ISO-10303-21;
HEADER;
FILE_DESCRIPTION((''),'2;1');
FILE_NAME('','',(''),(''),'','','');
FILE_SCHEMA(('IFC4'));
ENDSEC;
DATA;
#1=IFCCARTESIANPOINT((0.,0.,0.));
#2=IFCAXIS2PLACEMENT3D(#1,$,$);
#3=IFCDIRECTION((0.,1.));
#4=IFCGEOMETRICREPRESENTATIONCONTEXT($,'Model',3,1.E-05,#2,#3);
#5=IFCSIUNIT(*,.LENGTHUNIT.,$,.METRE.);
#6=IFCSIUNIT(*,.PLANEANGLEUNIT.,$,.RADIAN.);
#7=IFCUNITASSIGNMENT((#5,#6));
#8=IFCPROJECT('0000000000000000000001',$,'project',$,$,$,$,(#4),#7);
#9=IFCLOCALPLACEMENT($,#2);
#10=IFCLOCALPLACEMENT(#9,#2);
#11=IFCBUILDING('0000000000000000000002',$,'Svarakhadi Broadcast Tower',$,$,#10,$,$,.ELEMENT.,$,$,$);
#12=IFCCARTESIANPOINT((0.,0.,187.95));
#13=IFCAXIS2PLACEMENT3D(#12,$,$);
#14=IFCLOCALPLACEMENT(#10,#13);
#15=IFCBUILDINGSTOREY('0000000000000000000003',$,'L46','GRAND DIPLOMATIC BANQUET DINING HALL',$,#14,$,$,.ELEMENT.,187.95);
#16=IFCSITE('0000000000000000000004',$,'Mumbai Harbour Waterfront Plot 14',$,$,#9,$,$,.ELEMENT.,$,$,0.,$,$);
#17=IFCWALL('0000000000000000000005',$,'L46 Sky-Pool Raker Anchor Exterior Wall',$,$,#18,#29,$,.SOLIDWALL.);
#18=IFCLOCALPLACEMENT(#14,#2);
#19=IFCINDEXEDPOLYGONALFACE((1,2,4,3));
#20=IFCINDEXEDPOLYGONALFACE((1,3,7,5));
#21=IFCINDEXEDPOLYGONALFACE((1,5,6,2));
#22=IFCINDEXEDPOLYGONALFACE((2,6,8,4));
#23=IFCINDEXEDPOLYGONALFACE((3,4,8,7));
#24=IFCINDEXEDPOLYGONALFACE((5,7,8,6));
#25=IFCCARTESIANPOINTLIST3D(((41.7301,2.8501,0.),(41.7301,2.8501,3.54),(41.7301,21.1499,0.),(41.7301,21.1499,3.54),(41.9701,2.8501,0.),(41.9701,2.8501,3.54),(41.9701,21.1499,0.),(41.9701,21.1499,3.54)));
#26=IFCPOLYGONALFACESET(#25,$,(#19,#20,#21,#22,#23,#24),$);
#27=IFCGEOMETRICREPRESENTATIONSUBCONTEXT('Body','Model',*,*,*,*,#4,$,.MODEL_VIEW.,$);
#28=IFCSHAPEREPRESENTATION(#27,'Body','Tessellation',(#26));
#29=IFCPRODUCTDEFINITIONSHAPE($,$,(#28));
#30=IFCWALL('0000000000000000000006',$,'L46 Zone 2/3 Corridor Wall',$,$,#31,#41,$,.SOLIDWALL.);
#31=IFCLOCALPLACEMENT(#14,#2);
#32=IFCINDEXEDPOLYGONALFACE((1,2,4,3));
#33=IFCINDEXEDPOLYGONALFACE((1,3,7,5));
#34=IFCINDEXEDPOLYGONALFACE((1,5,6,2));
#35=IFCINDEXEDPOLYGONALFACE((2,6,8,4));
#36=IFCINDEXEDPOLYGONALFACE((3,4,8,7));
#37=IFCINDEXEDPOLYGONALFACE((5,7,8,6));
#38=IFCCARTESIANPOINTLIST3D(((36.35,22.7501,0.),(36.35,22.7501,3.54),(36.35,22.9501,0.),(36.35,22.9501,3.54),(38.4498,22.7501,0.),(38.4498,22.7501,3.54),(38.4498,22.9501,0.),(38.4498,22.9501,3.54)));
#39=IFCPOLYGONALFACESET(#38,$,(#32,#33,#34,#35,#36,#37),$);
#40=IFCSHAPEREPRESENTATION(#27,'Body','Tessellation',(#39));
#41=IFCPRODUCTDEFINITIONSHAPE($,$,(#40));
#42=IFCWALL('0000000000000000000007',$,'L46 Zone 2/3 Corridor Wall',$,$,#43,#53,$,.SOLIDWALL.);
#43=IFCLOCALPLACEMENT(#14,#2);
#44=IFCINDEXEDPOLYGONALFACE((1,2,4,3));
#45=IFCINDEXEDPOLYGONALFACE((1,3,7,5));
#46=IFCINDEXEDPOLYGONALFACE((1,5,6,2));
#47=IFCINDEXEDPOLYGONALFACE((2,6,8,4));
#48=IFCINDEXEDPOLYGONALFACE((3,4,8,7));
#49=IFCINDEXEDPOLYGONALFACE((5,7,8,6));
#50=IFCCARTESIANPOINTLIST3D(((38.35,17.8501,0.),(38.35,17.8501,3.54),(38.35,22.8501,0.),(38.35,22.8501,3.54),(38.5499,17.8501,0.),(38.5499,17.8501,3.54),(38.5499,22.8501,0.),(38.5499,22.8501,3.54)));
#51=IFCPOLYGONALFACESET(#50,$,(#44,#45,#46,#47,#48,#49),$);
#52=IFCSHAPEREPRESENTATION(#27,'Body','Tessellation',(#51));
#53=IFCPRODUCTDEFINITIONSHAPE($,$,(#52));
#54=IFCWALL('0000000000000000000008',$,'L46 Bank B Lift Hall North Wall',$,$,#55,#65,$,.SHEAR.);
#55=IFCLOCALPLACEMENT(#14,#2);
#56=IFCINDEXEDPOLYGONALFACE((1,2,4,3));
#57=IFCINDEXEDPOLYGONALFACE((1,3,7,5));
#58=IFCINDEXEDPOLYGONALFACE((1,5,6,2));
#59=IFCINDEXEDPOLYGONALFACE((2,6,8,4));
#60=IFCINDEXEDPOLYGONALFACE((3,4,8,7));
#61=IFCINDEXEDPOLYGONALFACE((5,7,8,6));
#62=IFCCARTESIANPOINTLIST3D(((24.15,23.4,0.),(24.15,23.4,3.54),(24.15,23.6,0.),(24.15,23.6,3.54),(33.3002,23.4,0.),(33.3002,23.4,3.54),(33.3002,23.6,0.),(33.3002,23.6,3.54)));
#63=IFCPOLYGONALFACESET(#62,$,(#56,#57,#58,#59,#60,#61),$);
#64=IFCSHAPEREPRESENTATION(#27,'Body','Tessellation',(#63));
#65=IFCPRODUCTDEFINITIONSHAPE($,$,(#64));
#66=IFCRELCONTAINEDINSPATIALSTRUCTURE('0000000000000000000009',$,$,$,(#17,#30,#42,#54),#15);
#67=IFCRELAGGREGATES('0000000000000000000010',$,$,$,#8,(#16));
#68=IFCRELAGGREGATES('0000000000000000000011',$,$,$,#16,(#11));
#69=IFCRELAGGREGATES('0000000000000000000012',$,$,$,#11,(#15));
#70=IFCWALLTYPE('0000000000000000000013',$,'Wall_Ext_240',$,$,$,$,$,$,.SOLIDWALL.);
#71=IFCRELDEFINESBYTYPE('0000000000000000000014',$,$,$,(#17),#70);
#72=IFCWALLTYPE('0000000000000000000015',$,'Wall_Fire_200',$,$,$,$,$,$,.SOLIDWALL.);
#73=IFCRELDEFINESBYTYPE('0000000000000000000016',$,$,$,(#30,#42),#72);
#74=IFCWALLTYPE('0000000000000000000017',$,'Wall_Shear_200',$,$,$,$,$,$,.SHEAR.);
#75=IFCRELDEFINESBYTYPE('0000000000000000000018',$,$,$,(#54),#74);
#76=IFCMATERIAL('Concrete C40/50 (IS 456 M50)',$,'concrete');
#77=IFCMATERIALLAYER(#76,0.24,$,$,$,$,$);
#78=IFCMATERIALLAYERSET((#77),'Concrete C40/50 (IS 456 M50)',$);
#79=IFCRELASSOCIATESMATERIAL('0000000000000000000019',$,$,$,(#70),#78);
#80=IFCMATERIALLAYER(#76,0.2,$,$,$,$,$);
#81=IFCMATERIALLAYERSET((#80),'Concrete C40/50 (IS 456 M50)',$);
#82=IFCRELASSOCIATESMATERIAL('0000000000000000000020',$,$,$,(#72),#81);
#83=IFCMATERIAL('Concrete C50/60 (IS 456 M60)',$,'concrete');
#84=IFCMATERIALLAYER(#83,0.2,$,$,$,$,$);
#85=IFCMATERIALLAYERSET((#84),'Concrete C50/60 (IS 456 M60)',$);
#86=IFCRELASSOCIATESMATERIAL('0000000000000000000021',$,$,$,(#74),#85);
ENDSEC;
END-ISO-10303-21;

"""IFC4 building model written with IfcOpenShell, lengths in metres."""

from ifc_helpers import new_model, si_unit, direction, frame, frame_2d, origin, place, context, subcontext, project, spatial, rectangle, extrude, material, layer, layer_set, type_object, element, save


model = new_model("IFC4")

# Units and contexts
model_context = context("Model", 3, precision=1e-05, world=origin(), true_north=direction((0.0, 1.0)))
body_context = subcontext(model_context, "Body", "Model", "MODEL_VIEW")
ifc_project = project(units=[si_unit("LENGTHUNIT", "METRE"), si_unit("PLANEANGLEUNIT", "RADIAN")], contexts=[model_context])

# Site, building, storey
site_placement = place(None, origin())
site = spatial("IfcSite", under=ifc_project, at=site_placement, Name="Mumbai Harbour Waterfront Plot 14", CompositionType="ELEMENT", RefElevation=0.0)
building_placement = place(site_placement, origin())
building = spatial("IfcBuilding", under=site, at=building_placement, Name="Svarakhadi Broadcast Tower", CompositionType="ELEMENT")
storey_placement = place(building_placement, frame((0.0, 0.0, 187.95)))
storey = spatial("IfcBuildingStorey", under=building, at=storey_placement, Name="L46", Description="GRAND DIPLOMATIC BANQUET DINING HALL", CompositionType="ELEMENT", Elevation=187.95)

# Walls
ifc_material_1 = material(Name="Concrete C40/50 (IS 456 M50)", Category="concrete")
ifc_layer_1 = layer(ifc_material_1, 0.24)
ifc_layer_set_1 = layer_set([ifc_layer_1], Name="Concrete C40/50 (IS 456 M50)")
wall_type_1 = type_object("IfcWallType", Name="Wall_Ext_240", PredefinedType="SOLIDWALL", material=ifc_layer_set_1)
wall_1_placement = place(storey_placement, frame((41.8501, 21.1499, 0.0), z_axis=(0.0, 0.0, 1.0), x_axis=(0.0, -1.0, 0.0)))
element("IfcWall", 1, at=wall_1_placement, inside=storey, type_object=wall_type_1, Name="L46 Sky-Pool Raker Anchor Exterior Wall", PredefinedType="SOLIDWALL", context=body_context, shape_type="SweptSolid", body=[
    extrude(rectangle(XDim=18.2998, YDim=0.24, at=frame_2d((9.1499, 0.0))), origin(), (0.0, 0.0, 1.0), 3.54),
])
ifc_layer_2 = layer(ifc_material_1, 0.2)
ifc_layer_set_2 = layer_set([ifc_layer_2], Name="Concrete C40/50 (IS 456 M50)")
wall_type_2 = type_object("IfcWallType", Name="Wall_Fire_200", PredefinedType="SOLIDWALL", material=ifc_layer_set_2)
wall_2_placement = place(storey_placement, frame((36.3501, 22.8501, 0.0), z_axis=(0.0, 0.0, 1.0), x_axis=(1.0, 0.0, 0.0)))
element("IfcWall", 2, at=wall_2_placement, inside=storey, type_object=wall_type_2, Name="L46 Zone 2/3 Corridor Wall", PredefinedType="SOLIDWALL", context=body_context, shape_type="SweptSolid", body=[
    extrude(rectangle(XDim=2.0999, YDim=0.2, at=frame_2d((1.0498, 0.0))), origin(), (0.0, 0.0, 1.0), 3.54),
])
wall_3_placement = place(storey_placement, frame((38.45, 22.8501, 0.0), z_axis=(0.0, 0.0, 1.0), x_axis=(0.0, -1.0, 0.0)))
element("IfcWall", 3, at=wall_3_placement, inside=storey, type_object=wall_type_2, Name="L46 Zone 2/3 Corridor Wall", PredefinedType="SOLIDWALL", context=body_context, shape_type="SweptSolid", body=[
    extrude(rectangle(XDim=5.0, YDim=0.2, at=frame_2d((2.5, 0.0))), origin(), (0.0, 0.0, 1.0), 3.54),
])
ifc_material_2 = material(Name="Concrete C50/60 (IS 456 M60)", Category="concrete")
ifc_layer_3 = layer(ifc_material_2, 0.2)
ifc_layer_set_3 = layer_set([ifc_layer_3], Name="Concrete C50/60 (IS 456 M60)")
wall_type_3 = type_object("IfcWallType", Name="Wall_Shear_200", PredefinedType="SHEAR", material=ifc_layer_set_3)
wall_4_placement = place(storey_placement, frame((24.1499, 23.5, 0.0), z_axis=(0.0, 0.0, 1.0), x_axis=(1.0, 0.0, 0.0)))
element("IfcWall", 4, at=wall_4_placement, inside=storey, type_object=wall_type_3, Name="L46 Bank B Lift Hall North Wall", PredefinedType="SHEAR", context=body_context, shape_type="SweptSolid", body=[
    extrude(rectangle(XDim=9.1501, YDim=0.2, at=frame_2d((4.5752, 0.0))), origin(), (0.0, 0.0, 1.0), 3.54),
])

save(model, "model.ifc")
